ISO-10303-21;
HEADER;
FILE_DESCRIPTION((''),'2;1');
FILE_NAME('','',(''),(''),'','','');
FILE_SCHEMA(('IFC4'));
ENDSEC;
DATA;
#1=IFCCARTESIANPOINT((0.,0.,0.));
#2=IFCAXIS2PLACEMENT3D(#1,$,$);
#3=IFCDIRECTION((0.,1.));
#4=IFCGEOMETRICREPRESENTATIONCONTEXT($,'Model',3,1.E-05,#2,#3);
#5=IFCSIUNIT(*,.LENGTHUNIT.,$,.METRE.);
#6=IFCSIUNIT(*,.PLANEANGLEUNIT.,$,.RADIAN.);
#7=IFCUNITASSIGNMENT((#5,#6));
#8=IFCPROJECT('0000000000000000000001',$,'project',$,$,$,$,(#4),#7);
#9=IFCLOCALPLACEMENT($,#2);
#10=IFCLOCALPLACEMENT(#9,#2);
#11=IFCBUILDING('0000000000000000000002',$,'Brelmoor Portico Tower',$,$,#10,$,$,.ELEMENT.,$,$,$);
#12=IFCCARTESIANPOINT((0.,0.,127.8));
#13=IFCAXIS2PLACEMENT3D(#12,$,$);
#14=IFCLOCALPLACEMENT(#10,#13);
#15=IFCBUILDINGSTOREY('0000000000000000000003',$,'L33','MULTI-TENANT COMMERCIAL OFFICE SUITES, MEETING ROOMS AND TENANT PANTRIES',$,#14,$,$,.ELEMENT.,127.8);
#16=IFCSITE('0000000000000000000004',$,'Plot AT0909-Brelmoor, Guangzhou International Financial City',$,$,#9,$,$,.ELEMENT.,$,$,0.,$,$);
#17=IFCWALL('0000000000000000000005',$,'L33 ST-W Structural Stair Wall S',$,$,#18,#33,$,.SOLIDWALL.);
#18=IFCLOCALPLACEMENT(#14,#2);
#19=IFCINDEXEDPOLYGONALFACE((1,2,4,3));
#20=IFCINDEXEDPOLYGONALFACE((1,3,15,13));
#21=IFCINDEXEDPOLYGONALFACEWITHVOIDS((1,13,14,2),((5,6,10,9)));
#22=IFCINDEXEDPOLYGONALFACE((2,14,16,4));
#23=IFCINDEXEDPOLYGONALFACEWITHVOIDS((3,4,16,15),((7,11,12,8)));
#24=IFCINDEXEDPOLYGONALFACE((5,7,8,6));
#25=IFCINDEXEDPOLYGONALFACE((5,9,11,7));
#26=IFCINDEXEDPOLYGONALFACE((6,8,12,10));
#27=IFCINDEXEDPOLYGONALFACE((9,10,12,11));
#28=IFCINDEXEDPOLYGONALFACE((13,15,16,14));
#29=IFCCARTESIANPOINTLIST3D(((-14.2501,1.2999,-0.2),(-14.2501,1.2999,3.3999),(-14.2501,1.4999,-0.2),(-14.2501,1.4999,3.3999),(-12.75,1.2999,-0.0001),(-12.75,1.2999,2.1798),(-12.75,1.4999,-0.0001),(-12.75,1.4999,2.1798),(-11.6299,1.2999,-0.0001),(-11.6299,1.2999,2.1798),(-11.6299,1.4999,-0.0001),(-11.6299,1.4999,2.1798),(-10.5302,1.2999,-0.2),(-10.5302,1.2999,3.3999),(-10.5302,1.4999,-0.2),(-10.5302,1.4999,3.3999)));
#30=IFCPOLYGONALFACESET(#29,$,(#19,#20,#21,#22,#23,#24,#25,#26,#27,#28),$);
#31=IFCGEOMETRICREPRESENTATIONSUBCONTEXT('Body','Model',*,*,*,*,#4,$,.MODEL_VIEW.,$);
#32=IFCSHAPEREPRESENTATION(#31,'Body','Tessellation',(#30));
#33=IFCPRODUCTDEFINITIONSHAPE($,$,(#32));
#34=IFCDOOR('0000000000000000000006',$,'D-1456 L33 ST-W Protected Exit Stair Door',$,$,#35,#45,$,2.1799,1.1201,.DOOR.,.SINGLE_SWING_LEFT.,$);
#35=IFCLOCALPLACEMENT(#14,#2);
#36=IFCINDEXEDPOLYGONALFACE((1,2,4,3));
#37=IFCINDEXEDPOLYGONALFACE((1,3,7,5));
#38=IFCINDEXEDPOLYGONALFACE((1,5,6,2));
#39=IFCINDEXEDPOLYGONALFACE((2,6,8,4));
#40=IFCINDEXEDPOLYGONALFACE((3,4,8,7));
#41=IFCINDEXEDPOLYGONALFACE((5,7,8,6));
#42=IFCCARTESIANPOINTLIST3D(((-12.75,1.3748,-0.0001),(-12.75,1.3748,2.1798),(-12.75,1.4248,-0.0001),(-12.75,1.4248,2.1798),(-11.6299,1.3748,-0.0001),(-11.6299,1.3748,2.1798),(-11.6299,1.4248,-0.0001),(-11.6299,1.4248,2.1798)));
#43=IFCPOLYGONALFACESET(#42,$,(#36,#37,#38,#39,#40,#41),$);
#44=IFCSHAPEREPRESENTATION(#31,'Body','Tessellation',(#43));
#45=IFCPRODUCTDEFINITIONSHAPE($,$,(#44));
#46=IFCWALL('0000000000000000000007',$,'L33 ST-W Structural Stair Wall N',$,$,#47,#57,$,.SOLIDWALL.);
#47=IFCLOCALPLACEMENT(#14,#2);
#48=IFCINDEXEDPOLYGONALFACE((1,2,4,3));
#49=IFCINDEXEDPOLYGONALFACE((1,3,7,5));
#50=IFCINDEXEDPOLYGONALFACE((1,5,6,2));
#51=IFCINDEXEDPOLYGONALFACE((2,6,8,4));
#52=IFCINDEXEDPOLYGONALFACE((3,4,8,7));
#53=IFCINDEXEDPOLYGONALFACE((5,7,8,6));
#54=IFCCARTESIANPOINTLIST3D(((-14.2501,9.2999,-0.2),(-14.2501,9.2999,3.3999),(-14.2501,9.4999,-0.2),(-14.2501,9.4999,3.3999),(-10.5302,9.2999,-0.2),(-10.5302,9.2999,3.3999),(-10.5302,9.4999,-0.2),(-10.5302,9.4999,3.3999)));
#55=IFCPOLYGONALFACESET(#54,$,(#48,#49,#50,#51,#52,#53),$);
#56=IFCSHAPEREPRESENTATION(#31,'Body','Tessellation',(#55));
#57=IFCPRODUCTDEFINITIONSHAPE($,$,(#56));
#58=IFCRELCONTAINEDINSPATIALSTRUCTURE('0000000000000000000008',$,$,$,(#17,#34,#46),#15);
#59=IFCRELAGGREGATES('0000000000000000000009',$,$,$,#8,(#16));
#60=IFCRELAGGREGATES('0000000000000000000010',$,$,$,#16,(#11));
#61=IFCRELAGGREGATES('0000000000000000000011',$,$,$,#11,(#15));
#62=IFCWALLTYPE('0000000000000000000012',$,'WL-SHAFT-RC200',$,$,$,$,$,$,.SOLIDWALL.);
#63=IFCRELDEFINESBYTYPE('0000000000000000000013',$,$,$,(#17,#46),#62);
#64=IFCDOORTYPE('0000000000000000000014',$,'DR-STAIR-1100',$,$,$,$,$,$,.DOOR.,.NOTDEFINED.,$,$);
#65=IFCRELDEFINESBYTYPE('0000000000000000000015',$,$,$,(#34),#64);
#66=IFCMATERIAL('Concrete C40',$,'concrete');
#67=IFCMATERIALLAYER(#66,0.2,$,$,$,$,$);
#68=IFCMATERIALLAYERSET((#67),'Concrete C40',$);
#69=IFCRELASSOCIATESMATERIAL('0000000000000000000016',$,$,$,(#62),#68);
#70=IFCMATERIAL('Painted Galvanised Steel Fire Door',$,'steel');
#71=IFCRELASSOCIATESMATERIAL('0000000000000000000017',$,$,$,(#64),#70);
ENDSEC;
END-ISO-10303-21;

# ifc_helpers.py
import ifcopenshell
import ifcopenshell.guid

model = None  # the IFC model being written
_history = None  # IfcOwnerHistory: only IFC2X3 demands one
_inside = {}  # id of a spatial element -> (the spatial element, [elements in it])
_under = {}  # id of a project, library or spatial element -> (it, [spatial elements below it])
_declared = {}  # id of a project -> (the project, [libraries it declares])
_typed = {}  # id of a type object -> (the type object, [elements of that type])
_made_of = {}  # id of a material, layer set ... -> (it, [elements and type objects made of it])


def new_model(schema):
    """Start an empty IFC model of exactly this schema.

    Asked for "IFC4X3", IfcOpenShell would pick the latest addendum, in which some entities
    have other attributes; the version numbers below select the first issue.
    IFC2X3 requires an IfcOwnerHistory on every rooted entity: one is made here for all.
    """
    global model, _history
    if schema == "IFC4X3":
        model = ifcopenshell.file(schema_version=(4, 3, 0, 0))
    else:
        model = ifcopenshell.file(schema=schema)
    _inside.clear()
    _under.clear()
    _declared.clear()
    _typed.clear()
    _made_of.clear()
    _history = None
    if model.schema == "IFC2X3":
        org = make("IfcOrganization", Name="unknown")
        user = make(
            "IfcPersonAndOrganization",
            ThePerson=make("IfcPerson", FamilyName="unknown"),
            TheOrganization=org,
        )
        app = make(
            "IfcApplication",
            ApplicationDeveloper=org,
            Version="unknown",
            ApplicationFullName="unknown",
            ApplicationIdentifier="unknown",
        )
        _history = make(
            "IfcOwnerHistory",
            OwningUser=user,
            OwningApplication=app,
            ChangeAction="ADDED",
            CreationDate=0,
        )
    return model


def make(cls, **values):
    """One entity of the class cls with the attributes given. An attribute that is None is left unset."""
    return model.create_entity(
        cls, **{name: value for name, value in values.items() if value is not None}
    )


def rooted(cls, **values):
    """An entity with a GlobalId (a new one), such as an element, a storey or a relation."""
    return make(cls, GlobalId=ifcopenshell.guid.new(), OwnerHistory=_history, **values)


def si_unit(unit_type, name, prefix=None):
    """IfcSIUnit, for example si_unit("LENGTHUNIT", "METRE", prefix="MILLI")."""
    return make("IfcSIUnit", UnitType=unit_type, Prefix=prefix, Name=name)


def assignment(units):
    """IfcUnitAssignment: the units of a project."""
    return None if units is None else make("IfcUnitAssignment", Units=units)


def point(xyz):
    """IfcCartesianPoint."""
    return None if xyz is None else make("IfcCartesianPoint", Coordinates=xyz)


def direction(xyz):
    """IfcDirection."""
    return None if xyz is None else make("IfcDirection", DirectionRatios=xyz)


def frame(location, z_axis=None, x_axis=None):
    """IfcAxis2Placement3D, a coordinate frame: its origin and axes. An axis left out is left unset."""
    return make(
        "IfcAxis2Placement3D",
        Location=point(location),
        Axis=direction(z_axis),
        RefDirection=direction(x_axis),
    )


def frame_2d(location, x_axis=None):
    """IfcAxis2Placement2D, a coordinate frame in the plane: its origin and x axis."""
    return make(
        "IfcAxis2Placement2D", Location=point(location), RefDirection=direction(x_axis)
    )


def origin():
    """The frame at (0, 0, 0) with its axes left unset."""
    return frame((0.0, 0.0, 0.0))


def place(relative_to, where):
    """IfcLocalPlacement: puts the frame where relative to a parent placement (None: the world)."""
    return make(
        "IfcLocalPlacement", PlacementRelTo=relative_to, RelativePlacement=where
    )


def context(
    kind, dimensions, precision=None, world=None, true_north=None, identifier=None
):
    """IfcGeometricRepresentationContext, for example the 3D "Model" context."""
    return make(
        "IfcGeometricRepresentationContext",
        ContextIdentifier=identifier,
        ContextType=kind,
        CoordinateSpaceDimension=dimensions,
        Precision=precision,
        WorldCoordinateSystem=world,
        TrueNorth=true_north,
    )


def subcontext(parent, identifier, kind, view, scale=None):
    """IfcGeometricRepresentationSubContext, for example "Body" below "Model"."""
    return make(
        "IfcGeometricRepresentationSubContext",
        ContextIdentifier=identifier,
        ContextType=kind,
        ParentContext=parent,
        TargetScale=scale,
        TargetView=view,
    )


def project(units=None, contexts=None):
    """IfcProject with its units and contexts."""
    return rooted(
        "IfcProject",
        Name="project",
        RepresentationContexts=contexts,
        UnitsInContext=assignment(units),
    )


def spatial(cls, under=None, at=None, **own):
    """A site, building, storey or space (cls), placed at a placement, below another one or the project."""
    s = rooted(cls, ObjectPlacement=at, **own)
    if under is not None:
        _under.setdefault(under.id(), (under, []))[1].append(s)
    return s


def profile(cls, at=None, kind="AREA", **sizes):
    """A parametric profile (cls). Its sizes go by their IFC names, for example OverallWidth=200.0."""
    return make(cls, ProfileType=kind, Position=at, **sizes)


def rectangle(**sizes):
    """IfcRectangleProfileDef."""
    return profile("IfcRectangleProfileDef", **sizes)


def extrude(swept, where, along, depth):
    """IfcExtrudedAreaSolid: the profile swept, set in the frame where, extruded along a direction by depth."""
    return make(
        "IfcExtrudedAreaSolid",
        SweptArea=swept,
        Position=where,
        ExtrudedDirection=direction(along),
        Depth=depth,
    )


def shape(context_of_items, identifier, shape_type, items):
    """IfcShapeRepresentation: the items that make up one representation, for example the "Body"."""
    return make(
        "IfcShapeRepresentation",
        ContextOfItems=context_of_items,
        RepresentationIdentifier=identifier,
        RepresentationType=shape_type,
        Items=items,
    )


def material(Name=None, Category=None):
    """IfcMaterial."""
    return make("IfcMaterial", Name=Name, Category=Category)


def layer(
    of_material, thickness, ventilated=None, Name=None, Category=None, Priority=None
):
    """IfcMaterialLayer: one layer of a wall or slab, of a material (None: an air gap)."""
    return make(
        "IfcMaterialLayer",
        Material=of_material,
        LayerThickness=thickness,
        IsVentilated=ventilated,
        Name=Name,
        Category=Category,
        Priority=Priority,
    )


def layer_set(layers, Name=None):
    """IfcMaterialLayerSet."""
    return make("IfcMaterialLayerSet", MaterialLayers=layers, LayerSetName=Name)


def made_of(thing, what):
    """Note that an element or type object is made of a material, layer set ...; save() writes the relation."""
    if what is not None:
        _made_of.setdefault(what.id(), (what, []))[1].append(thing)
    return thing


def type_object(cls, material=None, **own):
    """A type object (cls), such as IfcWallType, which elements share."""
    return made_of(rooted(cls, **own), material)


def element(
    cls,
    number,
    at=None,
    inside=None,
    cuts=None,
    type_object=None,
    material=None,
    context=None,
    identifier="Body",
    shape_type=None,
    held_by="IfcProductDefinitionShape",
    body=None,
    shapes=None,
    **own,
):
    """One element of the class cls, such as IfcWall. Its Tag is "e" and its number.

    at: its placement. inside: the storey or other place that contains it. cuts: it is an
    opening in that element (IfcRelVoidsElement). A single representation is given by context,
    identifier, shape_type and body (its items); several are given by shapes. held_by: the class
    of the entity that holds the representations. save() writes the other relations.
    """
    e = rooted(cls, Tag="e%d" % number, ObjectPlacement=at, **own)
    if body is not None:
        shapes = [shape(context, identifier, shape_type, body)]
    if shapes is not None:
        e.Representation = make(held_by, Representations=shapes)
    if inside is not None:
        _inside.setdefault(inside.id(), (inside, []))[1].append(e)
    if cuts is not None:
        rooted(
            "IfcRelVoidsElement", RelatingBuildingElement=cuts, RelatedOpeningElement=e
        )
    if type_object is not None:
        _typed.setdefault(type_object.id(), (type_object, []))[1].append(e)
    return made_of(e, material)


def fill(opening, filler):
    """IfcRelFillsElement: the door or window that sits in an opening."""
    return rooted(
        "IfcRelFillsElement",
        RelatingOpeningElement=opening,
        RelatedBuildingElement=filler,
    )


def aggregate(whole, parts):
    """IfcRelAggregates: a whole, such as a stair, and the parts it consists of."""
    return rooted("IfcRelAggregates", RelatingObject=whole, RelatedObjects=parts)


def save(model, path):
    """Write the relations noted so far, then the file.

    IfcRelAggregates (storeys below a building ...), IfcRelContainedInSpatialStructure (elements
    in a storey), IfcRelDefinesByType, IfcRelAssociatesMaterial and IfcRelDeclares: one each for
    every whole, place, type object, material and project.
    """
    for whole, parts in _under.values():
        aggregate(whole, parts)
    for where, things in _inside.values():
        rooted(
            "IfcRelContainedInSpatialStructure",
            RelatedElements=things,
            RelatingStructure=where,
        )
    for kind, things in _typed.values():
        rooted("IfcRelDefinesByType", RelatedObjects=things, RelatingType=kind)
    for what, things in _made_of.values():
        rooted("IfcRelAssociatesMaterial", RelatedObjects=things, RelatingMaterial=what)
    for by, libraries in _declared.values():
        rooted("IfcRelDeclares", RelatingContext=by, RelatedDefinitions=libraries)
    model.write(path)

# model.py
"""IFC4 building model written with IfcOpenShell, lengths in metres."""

from ifc_helpers import new_model, si_unit, direction, frame, frame_2d, origin, place, context, subcontext, project, spatial, rectangle, extrude, material, layer, layer_set, type_object, element, fill, save


model = new_model("IFC4")

# Units and contexts
model_context = context("Model", 3, precision=1e-05, world=origin(), true_north=direction((0.0, 1.0)))
body_context = subcontext(model_context, "Body", "Model", "MODEL_VIEW")
ifc_project = project(units=[si_unit("LENGTHUNIT", "METRE"), si_unit("PLANEANGLEUNIT", "RADIAN")], contexts=[model_context])

# Site, building, storey
site_placement = place(None, origin())
site = spatial("IfcSite", under=ifc_project, at=site_placement, Name="Plot AT0909-Brelmoor, Guangzhou International Financial City", CompositionType="ELEMENT", RefElevation=0.0)
building_placement = place(site_placement, origin())
building = spatial("IfcBuilding", under=site, at=building_placement, Name="Brelmoor Portico Tower", CompositionType="ELEMENT")
storey_placement = place(building_placement, frame((0.0, 0.0, 127.8)))
storey = spatial("IfcBuildingStorey", under=building, at=storey_placement, Name="L33", Description="MULTI-TENANT COMMERCIAL OFFICE SUITES, MEETING ROOMS AND TENANT PANTRIES", CompositionType="ELEMENT", Elevation=127.8)

# Shared definitions
ifc_material_1 = material(Name="Concrete C40", Category="concrete")
ifc_layer_1 = layer(ifc_material_1, 0.2)
ifc_layer_set_1 = layer_set([ifc_layer_1], Name="Concrete C40")
wall_type_1 = type_object("IfcWallType", Name="WL-SHAFT-RC200", PredefinedType="SOLIDWALL", material=ifc_layer_set_1)

# Wall, opening, door
wall_1_placement = place(storey_placement, frame((-14.25, 1.3999, -0.2), z_axis=(0.0, 0.0, 1.0), x_axis=(1.0, 0.0, 0.0)))
wall_1 = element("IfcWall", 1, at=wall_1_placement, inside=storey, type_object=wall_type_1, Name="L33 ST-W Structural Stair Wall S", PredefinedType="SOLIDWALL", context=body_context, shape_type="SweptSolid", body=[
    extrude(rectangle(XDim=3.72, YDim=0.2, at=frame_2d((1.8599, 0.0))), origin(), (0.0, 0.0, 1.0), 3.5999),
])
opening_1_placement = place(wall_1_placement, frame((1.5, 0.0, 0.2)))
opening_1 = element("IfcOpeningElement", 2, at=opening_1_placement, cuts=wall_1, PredefinedType="OPENING", context=body_context, shape_type="SweptSolid", body=[
    extrude(rectangle(XDim=1.1201, YDim=2.1799, at=frame_2d((0.5601, 1.0898))), frame((0.0, 0.1099, 0.0), z_axis=(0.0, -1.0, 0.0), x_axis=(1.0, 0.0, 0.0)), (0.0, 0.0, 1.0), 0.22),
])
ifc_material_2 = material(Name="Painted Galvanised Steel Fire Door", Category="steel")
door_type_1 = type_object("IfcDoorType", Name="DR-STAIR-1100", OperationType="NOTDEFINED", PredefinedType="DOOR", material=ifc_material_2)
door_1_placement = place(opening_1_placement, origin())
door_1 = element("IfcDoor", 3, at=door_1_placement, inside=storey, type_object=door_type_1, Name="D-1456 L33 ST-W Protected Exit Stair Door", OperationType="SINGLE_SWING_LEFT", OverallHeight=2.1799, OverallWidth=1.1201, PredefinedType="DOOR", context=body_context, shape_type="SweptSolid", body=[
    extrude(rectangle(XDim=1.1201, YDim=2.1799, at=frame_2d((0.5601, 1.0898))), frame((0.0, 0.0249, 0.0), z_axis=(0.0, -1.0, 0.0), x_axis=(1.0, 0.0, 0.0)), (0.0, 0.0, 1.0), 0.05),
])
fill(opening_1, door_1)

# Wall
wall_2_placement = place(storey_placement, frame((-14.25, 9.3999, -0.2), z_axis=(0.0, 0.0, 1.0), x_axis=(1.0, 0.0, 0.0)))
element("IfcWall", 4, at=wall_2_placement, inside=storey, type_object=wall_type_1, Name="L33 ST-W Structural Stair Wall N", PredefinedType="SOLIDWALL", context=body_context, shape_type="SweptSolid", body=[
    extrude(rectangle(XDim=3.72, YDim=0.2, at=frame_2d((1.8599, 0.0))), origin(), (0.0, 0.0, 1.0), 3.5999),
])

save(model, "model.ifc")
